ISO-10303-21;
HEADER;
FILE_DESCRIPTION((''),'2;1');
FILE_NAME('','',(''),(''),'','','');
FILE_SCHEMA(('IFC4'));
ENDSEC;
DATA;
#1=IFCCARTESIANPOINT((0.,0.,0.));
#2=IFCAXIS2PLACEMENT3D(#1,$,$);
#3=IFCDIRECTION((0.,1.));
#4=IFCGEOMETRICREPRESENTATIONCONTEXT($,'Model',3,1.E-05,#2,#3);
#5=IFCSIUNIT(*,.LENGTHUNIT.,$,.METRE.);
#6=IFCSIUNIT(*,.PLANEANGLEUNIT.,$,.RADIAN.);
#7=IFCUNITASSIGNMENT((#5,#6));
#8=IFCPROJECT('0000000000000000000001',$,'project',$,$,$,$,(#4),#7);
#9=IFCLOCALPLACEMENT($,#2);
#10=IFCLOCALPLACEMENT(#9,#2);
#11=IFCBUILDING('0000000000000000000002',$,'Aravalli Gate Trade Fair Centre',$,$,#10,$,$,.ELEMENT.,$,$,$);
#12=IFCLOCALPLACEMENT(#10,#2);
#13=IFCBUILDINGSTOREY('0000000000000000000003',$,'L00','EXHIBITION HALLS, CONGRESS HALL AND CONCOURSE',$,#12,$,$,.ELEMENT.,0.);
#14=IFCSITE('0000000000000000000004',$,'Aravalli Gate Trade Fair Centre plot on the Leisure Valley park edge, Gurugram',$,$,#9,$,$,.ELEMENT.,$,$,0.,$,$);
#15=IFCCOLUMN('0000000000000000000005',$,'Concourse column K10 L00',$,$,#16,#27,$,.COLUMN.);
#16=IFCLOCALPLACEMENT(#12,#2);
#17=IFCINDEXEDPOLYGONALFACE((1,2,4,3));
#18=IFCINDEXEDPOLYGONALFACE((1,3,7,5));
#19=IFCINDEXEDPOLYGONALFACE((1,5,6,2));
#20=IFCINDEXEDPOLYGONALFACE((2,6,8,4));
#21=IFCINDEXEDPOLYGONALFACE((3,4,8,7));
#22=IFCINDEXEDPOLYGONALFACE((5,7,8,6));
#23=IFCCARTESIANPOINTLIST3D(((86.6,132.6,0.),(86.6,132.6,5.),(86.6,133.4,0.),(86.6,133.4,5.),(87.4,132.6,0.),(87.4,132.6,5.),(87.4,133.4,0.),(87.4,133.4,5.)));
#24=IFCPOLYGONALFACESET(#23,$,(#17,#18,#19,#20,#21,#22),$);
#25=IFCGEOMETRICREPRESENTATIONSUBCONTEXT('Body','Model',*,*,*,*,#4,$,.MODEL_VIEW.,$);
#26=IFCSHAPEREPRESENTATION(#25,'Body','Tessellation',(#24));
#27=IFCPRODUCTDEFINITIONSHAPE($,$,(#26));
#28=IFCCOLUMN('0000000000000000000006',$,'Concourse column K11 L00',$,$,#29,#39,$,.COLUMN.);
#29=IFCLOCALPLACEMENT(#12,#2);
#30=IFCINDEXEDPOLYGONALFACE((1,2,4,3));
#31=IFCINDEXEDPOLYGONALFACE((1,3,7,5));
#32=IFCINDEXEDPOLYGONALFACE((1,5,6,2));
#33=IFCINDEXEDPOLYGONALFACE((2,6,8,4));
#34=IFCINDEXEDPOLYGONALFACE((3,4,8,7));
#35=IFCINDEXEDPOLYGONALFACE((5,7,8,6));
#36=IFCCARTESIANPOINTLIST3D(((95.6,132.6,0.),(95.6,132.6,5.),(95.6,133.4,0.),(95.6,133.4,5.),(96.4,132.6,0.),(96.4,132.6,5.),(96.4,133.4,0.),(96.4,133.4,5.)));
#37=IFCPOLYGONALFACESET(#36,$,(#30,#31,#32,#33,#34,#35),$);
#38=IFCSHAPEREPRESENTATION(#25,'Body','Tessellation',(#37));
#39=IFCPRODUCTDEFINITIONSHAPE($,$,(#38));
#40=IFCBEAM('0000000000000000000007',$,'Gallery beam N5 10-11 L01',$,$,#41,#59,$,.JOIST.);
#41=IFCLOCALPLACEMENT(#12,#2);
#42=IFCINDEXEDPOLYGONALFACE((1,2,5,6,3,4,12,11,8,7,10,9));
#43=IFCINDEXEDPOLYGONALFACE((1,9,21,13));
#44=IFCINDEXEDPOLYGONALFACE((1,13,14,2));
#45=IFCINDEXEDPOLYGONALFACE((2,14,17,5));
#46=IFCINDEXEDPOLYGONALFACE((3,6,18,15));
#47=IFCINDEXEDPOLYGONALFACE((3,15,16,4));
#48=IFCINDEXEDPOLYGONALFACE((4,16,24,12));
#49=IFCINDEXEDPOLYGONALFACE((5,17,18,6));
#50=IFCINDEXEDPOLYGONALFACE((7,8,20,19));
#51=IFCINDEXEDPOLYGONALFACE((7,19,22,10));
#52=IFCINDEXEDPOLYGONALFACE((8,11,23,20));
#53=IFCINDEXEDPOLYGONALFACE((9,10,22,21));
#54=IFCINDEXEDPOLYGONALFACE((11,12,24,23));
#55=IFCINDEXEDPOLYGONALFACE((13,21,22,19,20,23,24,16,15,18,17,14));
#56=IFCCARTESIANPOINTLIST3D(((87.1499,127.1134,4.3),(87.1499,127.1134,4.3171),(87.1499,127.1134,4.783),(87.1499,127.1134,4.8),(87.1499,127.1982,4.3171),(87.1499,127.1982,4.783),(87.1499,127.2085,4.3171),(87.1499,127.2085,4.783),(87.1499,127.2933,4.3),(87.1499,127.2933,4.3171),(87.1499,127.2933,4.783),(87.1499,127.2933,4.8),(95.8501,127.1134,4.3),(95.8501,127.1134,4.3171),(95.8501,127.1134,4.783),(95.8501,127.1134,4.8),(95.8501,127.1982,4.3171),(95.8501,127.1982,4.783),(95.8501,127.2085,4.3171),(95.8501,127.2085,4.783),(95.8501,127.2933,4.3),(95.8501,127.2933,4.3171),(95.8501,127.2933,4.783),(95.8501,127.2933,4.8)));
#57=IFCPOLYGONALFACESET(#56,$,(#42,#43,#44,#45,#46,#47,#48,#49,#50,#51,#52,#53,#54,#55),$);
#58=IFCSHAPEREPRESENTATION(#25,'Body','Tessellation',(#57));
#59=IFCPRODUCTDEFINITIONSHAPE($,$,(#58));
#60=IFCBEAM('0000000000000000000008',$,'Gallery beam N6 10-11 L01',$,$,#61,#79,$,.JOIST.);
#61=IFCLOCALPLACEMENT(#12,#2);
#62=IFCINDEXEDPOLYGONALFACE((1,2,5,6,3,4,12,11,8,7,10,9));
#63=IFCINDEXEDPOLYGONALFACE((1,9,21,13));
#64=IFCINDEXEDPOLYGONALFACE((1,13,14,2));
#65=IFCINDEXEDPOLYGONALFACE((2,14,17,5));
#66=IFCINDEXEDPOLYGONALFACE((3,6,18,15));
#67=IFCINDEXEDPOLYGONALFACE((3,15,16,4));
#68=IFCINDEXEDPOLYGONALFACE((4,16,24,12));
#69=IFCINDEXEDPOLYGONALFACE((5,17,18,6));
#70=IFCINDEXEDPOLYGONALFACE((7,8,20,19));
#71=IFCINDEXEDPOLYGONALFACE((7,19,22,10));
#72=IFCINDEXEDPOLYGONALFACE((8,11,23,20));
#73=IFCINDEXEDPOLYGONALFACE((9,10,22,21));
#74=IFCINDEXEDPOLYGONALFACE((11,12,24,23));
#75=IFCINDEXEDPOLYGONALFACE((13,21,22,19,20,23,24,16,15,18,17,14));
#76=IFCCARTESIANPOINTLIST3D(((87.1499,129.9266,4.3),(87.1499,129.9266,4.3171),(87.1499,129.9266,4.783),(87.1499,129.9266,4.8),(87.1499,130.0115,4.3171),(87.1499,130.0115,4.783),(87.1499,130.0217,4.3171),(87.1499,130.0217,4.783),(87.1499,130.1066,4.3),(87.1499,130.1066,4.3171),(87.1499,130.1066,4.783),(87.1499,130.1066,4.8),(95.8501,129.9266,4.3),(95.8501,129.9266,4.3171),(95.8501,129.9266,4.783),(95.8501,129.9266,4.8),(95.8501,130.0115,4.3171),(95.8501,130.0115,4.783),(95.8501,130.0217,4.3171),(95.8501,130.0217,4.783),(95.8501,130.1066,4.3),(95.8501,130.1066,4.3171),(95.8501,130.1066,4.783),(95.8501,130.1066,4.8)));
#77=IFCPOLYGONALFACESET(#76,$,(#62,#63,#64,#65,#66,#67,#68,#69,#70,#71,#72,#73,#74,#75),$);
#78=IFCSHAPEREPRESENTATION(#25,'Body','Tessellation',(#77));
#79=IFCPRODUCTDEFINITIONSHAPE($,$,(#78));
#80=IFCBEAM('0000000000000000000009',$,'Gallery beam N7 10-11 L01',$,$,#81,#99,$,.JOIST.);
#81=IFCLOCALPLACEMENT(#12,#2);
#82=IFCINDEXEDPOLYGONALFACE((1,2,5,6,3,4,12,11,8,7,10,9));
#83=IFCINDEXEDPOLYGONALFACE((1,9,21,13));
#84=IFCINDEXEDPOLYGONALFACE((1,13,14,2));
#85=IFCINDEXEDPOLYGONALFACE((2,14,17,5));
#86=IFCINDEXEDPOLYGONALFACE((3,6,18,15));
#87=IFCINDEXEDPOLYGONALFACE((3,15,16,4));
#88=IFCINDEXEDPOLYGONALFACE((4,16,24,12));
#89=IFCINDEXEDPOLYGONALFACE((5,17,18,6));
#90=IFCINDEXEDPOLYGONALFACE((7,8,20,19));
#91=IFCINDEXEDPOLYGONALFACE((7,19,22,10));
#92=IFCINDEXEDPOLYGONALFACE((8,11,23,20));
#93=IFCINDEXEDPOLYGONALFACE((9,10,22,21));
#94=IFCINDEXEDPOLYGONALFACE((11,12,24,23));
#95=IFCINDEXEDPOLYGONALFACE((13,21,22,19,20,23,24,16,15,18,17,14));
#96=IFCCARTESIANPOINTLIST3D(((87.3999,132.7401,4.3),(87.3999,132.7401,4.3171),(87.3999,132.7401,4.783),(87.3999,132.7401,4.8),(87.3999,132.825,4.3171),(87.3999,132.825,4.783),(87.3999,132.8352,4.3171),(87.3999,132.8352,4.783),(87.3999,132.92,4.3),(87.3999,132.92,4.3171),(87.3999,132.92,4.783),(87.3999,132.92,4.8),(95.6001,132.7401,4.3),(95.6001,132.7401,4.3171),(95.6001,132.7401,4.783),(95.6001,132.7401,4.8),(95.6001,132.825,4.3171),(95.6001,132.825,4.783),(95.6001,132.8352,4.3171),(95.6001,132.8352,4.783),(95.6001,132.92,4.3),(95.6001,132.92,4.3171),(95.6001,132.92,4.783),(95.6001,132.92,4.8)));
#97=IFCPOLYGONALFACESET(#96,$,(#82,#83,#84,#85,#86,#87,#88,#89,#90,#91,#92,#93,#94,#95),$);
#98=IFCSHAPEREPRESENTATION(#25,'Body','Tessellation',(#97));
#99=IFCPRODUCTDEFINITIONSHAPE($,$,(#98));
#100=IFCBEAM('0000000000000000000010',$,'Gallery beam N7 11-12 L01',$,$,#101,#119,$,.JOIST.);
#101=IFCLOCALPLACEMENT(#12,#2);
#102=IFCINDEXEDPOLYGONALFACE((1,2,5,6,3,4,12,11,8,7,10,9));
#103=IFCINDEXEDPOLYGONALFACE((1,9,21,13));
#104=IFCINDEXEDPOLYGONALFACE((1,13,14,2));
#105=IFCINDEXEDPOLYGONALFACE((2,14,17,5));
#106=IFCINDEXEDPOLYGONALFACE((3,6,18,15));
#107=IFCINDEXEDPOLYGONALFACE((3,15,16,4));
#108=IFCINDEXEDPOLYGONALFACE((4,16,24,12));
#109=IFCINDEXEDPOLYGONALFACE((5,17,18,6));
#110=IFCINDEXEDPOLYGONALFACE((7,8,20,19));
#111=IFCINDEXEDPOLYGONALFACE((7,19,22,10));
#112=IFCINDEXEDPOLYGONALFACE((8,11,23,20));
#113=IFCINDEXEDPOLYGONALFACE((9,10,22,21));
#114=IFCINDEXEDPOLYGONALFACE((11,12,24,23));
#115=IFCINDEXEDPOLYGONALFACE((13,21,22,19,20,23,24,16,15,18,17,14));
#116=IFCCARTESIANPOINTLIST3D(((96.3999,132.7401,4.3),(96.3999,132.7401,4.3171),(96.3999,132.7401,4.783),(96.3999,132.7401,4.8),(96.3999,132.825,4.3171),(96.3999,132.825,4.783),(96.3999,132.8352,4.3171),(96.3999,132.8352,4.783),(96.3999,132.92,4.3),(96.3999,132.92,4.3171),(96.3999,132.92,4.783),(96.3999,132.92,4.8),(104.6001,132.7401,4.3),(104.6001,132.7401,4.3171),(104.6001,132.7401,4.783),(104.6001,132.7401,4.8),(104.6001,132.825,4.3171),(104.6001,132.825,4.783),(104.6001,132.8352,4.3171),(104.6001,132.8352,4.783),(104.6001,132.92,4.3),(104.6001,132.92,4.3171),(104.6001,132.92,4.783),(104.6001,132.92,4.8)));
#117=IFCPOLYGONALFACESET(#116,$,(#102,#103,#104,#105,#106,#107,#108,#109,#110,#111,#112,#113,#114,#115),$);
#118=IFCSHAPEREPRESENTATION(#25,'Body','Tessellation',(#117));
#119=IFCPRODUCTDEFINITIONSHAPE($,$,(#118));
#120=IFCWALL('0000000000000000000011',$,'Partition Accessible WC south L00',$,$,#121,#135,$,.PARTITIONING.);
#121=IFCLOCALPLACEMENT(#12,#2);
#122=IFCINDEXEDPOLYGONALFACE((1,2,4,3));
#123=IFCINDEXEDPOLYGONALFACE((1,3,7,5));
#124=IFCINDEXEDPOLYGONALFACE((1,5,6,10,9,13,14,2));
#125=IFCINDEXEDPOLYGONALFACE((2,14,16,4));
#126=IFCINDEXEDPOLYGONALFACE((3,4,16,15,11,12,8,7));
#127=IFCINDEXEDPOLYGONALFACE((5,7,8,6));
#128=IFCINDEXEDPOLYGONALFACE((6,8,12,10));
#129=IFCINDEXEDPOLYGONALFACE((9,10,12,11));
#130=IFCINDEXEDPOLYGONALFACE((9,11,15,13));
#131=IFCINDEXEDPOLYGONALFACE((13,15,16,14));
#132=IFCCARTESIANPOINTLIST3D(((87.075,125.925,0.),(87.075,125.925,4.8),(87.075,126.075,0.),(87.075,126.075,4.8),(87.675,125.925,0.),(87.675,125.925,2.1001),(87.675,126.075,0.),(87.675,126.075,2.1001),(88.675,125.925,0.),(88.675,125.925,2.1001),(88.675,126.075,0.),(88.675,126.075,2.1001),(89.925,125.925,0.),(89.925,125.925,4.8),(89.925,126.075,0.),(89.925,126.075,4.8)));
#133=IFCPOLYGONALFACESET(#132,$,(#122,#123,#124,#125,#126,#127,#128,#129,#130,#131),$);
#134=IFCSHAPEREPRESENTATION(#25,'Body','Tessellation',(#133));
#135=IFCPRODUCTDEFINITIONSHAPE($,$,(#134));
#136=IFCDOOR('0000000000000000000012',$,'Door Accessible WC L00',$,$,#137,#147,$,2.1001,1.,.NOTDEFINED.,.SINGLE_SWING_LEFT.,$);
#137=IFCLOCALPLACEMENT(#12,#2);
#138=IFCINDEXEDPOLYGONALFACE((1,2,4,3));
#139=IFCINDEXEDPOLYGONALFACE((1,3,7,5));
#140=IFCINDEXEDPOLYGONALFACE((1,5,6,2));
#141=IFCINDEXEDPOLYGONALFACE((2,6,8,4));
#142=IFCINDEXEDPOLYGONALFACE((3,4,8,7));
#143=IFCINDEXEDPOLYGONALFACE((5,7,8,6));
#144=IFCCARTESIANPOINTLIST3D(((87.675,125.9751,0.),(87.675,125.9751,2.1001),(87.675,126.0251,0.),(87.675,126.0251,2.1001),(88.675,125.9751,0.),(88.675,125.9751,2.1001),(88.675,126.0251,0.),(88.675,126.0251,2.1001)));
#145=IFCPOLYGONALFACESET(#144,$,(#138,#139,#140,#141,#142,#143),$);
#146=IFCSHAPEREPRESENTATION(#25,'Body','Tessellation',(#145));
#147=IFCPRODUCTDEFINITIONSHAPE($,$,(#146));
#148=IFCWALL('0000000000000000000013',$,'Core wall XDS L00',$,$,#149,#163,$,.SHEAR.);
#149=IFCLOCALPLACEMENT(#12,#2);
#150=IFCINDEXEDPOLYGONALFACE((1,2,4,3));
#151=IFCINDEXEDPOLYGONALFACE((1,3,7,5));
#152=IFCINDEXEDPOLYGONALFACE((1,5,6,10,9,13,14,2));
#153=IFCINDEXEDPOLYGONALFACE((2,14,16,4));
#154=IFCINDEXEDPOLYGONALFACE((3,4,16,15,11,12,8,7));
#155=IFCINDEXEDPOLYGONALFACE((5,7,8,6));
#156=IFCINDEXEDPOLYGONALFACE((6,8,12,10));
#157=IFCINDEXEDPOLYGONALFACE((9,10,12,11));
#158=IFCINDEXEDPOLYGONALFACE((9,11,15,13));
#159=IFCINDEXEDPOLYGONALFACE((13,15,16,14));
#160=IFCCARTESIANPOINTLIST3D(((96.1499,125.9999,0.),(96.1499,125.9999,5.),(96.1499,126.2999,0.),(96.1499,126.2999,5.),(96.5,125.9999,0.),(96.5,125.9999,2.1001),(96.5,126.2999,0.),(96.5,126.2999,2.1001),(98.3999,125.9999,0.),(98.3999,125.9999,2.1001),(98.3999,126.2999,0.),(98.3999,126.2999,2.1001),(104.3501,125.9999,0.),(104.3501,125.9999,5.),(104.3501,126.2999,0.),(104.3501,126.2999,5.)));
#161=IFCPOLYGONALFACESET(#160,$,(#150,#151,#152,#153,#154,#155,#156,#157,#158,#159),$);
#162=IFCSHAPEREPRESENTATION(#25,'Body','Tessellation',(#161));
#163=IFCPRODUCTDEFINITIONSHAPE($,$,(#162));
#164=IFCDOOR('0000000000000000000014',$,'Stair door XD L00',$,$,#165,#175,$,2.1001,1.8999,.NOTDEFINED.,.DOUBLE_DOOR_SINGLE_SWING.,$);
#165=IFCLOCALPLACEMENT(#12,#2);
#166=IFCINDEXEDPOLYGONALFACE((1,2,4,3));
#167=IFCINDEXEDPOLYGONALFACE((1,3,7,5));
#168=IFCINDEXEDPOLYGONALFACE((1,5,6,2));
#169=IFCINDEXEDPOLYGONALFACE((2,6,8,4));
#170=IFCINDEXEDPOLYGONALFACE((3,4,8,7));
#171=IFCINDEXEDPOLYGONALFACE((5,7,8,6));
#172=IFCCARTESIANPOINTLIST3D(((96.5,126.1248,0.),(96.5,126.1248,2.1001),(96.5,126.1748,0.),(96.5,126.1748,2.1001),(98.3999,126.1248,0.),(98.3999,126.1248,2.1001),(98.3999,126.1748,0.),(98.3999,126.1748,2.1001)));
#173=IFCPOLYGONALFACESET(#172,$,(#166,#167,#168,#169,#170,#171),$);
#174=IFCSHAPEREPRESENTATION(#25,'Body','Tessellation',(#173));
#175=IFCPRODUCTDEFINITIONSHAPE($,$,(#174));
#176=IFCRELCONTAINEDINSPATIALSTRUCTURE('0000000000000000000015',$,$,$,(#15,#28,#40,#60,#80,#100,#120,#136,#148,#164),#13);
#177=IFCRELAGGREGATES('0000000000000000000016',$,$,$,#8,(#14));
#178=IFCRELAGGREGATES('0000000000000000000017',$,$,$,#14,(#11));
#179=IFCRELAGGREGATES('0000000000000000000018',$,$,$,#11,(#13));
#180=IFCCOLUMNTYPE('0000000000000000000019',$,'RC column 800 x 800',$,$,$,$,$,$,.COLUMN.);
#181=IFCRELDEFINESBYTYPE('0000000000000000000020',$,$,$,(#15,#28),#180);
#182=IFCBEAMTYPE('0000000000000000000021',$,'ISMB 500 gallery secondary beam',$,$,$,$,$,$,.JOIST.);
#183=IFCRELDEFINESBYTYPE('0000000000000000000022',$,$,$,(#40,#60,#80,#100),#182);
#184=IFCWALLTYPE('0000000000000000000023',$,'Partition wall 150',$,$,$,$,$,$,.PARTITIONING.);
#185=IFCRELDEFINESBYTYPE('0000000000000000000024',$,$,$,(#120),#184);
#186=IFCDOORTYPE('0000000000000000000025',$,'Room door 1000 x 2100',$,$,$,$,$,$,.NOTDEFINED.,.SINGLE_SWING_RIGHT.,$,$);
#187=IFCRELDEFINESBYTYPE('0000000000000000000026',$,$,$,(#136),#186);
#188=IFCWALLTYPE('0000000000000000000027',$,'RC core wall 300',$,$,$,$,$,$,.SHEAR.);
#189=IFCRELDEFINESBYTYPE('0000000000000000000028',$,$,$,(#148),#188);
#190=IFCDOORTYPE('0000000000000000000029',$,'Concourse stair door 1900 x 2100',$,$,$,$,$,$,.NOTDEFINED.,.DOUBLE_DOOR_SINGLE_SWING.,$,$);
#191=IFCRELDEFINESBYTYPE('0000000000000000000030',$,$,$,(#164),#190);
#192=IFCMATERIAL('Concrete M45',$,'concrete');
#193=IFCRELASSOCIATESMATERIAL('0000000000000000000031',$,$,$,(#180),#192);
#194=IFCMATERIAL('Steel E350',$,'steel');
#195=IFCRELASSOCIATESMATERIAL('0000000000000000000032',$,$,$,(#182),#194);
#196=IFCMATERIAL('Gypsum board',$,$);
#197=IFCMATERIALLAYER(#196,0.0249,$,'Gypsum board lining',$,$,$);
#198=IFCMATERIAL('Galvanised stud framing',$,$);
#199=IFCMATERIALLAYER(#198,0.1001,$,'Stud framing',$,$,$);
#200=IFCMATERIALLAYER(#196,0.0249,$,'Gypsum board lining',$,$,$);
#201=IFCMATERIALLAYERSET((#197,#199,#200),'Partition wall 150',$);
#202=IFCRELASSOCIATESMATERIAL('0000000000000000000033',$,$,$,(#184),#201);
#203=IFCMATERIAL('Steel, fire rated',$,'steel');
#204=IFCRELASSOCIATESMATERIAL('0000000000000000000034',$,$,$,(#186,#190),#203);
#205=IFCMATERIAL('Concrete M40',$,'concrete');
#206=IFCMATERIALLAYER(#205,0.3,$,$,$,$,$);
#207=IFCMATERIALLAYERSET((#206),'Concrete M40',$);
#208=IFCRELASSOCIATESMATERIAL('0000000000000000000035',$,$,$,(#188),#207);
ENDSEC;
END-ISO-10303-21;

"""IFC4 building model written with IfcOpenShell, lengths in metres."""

from ifc_helpers import new_model, si_unit, direction, frame, frame_2d, origin, origin_2d, place, context, subcontext, project, spatial, rectangle, i_section, extrude, material, layer, layer_set, material_profile, profile_set, type_object, element, fill, save


model = new_model("IFC4")

# Units and contexts
model_context = context("Model", 3, precision=1e-05, world=origin(), true_north=direction((0.0, 1.0)))
body_context = subcontext(model_context, "Body", "Model", "MODEL_VIEW")
ifc_project = project(units=[si_unit("LENGTHUNIT", "METRE"), si_unit("PLANEANGLEUNIT", "RADIAN")], contexts=[model_context])

# Site, building, storey
site_placement = place(None, origin())
site = spatial("IfcSite", under=ifc_project, at=site_placement, Name="Aravalli Gate Trade Fair Centre plot on the Leisure Valley park edge, Gurugram", CompositionType="ELEMENT", RefElevation=0.0)
building_placement = place(site_placement, origin())
building = spatial("IfcBuilding", under=site, at=building_placement, Name="Aravalli Gate Trade Fair Centre", CompositionType="ELEMENT")
storey_placement = place(building_placement, origin())
storey = spatial("IfcBuildingStorey", under=building, at=storey_placement, Name="L00", Description="EXHIBITION HALLS, CONGRESS HALL AND CONCOURSE", CompositionType="ELEMENT", Elevation=0.0)

# Columns
ifc_material_1 = material(Name="Concrete M45", Category="concrete")
ifc_material_profile_1 = material_profile(ifc_material_1, rectangle(XDim=0.8, YDim=0.8, at=origin_2d()), Name="RC column 800 x 800")
ifc_profile_set_1 = profile_set([ifc_material_profile_1], Name="Concrete M45")
column_type = type_object("IfcColumnType", Name="RC column 800 x 800", PredefinedType="COLUMN", material=ifc_profile_set_1)
for number, where, z_axis, x_axis, name in (
    (1, (87.0, 133.0, 0.0), (0.0, 0.0, 1.0), (1.0, 0.0, 0.0), "Concourse column K10 L00"),
    (2, (96.0, 133.0, 0.0), (0.0, 0.0, 1.0), (1.0, 0.0, 0.0), "Concourse column K11 L00"),
):
    element("IfcColumn", number, at=place(storey_placement, frame(where, z_axis=z_axis, x_axis=x_axis)), inside=storey, type_object=column_type, Name=name, PredefinedType="COLUMN", context=body_context, shape_type="SweptSolid", body=[
        extrude(rectangle(XDim=0.8, YDim=0.8, at=origin_2d()), origin(), (0.0, 0.0, 1.0), 5.0),
    ])

# Beams
ifc_material_2 = material(Name="Steel E350", Category="steel")
ifc_material_profile_2 = material_profile(ifc_material_2, i_section(OverallWidth=0.1799, OverallDepth=0.5, WebThickness=0.0103, FlangeThickness=0.0171, at=origin_2d()), Name="ISMB 500")
ifc_profile_set_2 = profile_set([ifc_material_profile_2], Name="Steel E350")
beam_type = type_object("IfcBeamType", Name="ISMB 500 gallery secondary beam", PredefinedType="JOIST", material=ifc_profile_set_2)
for number, where, z_axis, x_axis, name in (
    (3, (87.1499, 127.2034, 4.55), (1.0, 0.0, 0.0), (0.0, 1.0, 0.0), "Gallery beam N5 10-11 L01"),
    (4, (87.1499, 130.0166, 4.55), (1.0, 0.0, 0.0), (0.0, 1.0, 0.0), "Gallery beam N6 10-11 L01"),
):
    element("IfcBeam", number, at=place(storey_placement, frame(where, z_axis=z_axis, x_axis=x_axis)), inside=storey, type_object=beam_type, Name=name, PredefinedType="JOIST", context=body_context, shape_type="SweptSolid", body=[
        extrude(i_section(OverallWidth=0.1799, OverallDepth=0.5, WebThickness=0.0103, FlangeThickness=0.0171, at=origin_2d()), origin(), (0.0, 0.0, 1.0), 8.7002),
    ])
for number, where, z_axis, x_axis, name in (
    (5, (87.3999, 132.8301, 4.55), (1.0, 0.0, 0.0), (0.0, 1.0, 0.0), "Gallery beam N7 10-11 L01"),
    (6, (96.3999, 132.8301, 4.55), (1.0, 0.0, 0.0), (0.0, 1.0, 0.0), "Gallery beam N7 11-12 L01"),
):
    element("IfcBeam", number, at=place(storey_placement, frame(where, z_axis=z_axis, x_axis=x_axis)), inside=storey, type_object=beam_type, Name=name, PredefinedType="JOIST", context=body_context, shape_type="SweptSolid", body=[
        extrude(i_section(OverallWidth=0.1799, OverallDepth=0.5, WebThickness=0.0103, FlangeThickness=0.0171, at=origin_2d()), origin(), (0.0, 0.0, 1.0), 8.2002),
    ])

# Walls, openings, doors
ifc_material_3 = material(Name="Gypsum board")
ifc_layer_1 = layer(ifc_material_3, 0.0249, Name="Gypsum board lining")
ifc_material_4 = material(Name="Galvanised stud framing")
ifc_layer_2 = layer(ifc_material_4, 0.1001, Name="Stud framing")
ifc_layer_3 = layer(ifc_material_3, 0.0249, Name="Gypsum board lining")
ifc_layer_set_1 = layer_set([ifc_layer_1, ifc_layer_2, ifc_layer_3], Name="Partition wall 150")
wall_type_1 = type_object("IfcWallType", Name="Partition wall 150", PredefinedType="PARTITIONING", material=ifc_layer_set_1)
wall_1_placement = place(storey_placement, frame((87.075, 126.0, 0.0), z_axis=(0.0, 0.0, 1.0), x_axis=(1.0, 0.0, 0.0)))
wall_1 = element("IfcWall", 7, at=wall_1_placement, inside=storey, type_object=wall_type_1, Name="Partition Accessible WC south L00", PredefinedType="PARTITIONING", context=body_context, shape_type="SweptSolid", body=[
    extrude(rectangle(XDim=2.8501, YDim=0.1499, at=frame_2d((1.425, 0.0))), origin(), (0.0, 0.0, 1.0), 4.8),
])
opening_1_placement = place(wall_1_placement, frame((0.6001, 0.0, 0.0)))
opening_1 = element("IfcOpeningElement", 8, at=opening_1_placement, cuts=wall_1, PredefinedType="OPENING", context=body_context, shape_type="SweptSolid", body=[
    extrude(rectangle(XDim=1.0, YDim=2.1001, at=frame_2d((0.5, 1.05))), frame((0.0, 0.085, 0.0), z_axis=(0.0, -1.0, 0.0), x_axis=(1.0, 0.0, 0.0)), (0.0, 0.0, 1.0), 0.1699),
])
ifc_material_5 = material(Name="Steel, fire rated", Category="steel")
door_type_1 = type_object("IfcDoorType", Name="Room door 1000 x 2100", OperationType="SINGLE_SWING_RIGHT", PredefinedType="NOTDEFINED", material=ifc_material_5)
door_1_placement = place(opening_1_placement, frame((1.0, 0.0, 0.0), z_axis=(0.0, 0.0, 1.0), x_axis=(-1.0, 0.0, 0.0)))
door_1 = element("IfcDoor", 9, at=door_1_placement, inside=storey, type_object=door_type_1, Name="Door Accessible WC L00", OperationType="SINGLE_SWING_LEFT", OverallHeight=2.1001, OverallWidth=1.0, PredefinedType="NOTDEFINED", context=body_context, shape_type="SweptSolid", body=[
    extrude(rectangle(XDim=1.0, YDim=2.1001, at=frame_2d((0.5, 1.05))), frame((0.0, 0.0249, 0.0), z_axis=(0.0, -1.0, 0.0), x_axis=(1.0, 0.0, 0.0)), (0.0, 0.0, 1.0), 0.05),
])
fill(opening_1, door_1)
ifc_material_6 = material(Name="Concrete M40", Category="concrete")
ifc_layer_4 = layer(ifc_material_6, 0.3)
ifc_layer_set_2 = layer_set([ifc_layer_4], Name="Concrete M40")
wall_type_2 = type_object("IfcWallType", Name="RC core wall 300", PredefinedType="SHEAR", material=ifc_layer_set_2)
wall_2_placement = place(storey_placement, frame((96.1499, 126.1499, 0.0), z_axis=(0.0, 0.0, 1.0), x_axis=(1.0, 0.0, 0.0)))
wall_2 = element("IfcWall", 10, at=wall_2_placement, inside=storey, type_object=wall_type_2, Name="Core wall XDS L00", PredefinedType="SHEAR", context=body_context, shape_type="SweptSolid", body=[
    extrude(rectangle(XDim=8.2002, YDim=0.3, at=frame_2d((4.1001, 0.0))), origin(), (0.0, 0.0, 1.0), 5.0),
])
opening_2_placement = place(wall_2_placement, frame((0.3501, 0.0, 0.0)))
opening_2 = element("IfcOpeningElement", 11, at=opening_2_placement, cuts=wall_2, PredefinedType="OPENING", context=body_context, shape_type="SweptSolid", body=[
    extrude(rectangle(XDim=1.8999, YDim=2.1001, at=frame_2d((0.95, 1.05))), frame((0.0, 0.1599, 0.0), z_axis=(0.0, -1.0, 0.0), x_axis=(1.0, 0.0, 0.0)), (0.0, 0.0, 1.0), 0.3201),
])
door_type_2 = type_object("IfcDoorType", Name="Concourse stair door 1900 x 2100", OperationType="DOUBLE_DOOR_SINGLE_SWING", PredefinedType="NOTDEFINED", material=ifc_material_5)
door_2_placement = place(opening_2_placement, origin())
door_2 = element("IfcDoor", 12, at=door_2_placement, inside=storey, type_object=door_type_2, Name="Stair door XD L00", OperationType="DOUBLE_DOOR_SINGLE_SWING", OverallHeight=2.1001, OverallWidth=1.8999, PredefinedType="NOTDEFINED", context=body_context, shape_type="SweptSolid", body=[
    extrude(rectangle(XDim=1.8999, YDim=2.1001, at=frame_2d((0.95, 1.05))), frame((0.0, 0.0249, 0.0), z_axis=(0.0, -1.0, 0.0), x_axis=(1.0, 0.0, 0.0)), (0.0, 0.0, 1.0), 0.05),
])
fill(opening_2, door_2)

save(model, "model.ifc")
